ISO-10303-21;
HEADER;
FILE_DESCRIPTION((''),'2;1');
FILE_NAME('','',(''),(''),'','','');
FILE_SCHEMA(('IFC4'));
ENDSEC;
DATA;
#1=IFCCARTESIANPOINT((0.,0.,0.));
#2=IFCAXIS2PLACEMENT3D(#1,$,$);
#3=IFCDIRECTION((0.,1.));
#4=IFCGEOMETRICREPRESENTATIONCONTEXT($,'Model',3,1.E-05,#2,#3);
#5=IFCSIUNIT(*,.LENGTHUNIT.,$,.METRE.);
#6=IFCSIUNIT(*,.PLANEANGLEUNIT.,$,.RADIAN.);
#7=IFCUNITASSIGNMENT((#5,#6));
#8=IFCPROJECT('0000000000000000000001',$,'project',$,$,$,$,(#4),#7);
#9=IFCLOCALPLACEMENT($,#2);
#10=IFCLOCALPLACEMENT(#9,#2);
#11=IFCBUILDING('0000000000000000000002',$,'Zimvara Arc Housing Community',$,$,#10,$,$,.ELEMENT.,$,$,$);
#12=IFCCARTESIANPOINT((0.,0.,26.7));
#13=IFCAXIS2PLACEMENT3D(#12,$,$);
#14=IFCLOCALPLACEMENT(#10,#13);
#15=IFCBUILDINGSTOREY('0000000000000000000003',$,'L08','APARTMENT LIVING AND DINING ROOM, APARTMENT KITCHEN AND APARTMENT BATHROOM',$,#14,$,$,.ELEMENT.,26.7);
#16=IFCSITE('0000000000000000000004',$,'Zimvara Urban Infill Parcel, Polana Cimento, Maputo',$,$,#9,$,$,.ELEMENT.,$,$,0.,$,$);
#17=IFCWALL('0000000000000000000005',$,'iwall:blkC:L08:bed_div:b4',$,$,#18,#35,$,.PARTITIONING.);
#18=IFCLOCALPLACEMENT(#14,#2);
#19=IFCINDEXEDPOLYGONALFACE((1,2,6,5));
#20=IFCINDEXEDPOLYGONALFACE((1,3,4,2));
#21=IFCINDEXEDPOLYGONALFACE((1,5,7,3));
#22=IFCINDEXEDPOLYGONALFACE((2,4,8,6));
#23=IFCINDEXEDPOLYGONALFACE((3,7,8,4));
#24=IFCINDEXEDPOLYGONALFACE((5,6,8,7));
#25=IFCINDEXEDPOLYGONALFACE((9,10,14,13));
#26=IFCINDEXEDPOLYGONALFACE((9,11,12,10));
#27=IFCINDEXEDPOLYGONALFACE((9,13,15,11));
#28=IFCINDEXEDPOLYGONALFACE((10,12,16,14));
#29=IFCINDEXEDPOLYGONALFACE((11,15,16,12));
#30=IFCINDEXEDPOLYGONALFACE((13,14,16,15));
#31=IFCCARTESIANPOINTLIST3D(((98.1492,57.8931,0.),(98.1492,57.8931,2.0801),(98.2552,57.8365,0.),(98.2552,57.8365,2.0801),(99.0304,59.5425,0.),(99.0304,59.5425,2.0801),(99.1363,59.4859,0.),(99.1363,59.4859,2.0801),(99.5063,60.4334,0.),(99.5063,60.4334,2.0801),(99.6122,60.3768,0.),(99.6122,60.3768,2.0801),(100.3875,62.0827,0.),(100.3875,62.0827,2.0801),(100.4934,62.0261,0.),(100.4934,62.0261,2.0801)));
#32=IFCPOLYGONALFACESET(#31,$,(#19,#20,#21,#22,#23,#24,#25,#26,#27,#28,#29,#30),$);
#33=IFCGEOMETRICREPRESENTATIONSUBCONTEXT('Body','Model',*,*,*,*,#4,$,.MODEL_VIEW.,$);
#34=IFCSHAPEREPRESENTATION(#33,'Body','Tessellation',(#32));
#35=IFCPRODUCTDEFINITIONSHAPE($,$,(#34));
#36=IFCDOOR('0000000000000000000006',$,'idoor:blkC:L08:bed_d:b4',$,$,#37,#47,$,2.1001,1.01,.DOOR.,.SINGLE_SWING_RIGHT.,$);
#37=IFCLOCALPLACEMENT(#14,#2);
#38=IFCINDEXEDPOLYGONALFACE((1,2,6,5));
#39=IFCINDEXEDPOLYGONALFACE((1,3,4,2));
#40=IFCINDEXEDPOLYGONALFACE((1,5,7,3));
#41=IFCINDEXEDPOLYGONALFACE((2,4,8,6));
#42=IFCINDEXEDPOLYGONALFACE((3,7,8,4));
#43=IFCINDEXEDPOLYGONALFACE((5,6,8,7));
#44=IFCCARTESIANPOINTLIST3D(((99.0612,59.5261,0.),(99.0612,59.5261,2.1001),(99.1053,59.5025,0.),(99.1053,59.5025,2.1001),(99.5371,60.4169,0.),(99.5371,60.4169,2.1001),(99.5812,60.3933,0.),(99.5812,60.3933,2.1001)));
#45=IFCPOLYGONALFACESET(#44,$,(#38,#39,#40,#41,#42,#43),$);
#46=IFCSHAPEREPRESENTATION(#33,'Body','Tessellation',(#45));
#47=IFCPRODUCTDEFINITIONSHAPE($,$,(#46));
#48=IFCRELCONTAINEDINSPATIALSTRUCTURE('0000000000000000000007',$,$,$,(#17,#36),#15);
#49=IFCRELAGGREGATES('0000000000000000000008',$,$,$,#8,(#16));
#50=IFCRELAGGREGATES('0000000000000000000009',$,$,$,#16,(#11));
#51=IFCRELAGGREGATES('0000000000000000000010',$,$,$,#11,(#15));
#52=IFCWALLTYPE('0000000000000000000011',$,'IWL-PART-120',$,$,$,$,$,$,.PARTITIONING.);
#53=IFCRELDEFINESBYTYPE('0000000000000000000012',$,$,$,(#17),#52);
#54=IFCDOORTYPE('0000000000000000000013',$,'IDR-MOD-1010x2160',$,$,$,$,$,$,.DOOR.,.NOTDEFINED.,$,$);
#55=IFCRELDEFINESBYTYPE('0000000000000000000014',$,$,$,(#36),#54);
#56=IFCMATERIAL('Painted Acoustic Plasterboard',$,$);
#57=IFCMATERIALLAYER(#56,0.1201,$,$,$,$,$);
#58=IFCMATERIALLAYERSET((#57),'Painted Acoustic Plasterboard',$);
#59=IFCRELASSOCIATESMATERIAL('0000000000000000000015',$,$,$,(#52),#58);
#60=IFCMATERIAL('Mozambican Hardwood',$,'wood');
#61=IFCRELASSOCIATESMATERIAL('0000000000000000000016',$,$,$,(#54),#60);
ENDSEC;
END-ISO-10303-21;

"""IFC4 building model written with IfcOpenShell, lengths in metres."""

from ifc_helpers import new_model, si_unit, direction, frame, frame_2d, origin, place, context, subcontext, project, spatial, rectangle, extrude, material, layer, layer_set, type_object, element, fill, save


model = new_model("IFC4")

# Units and contexts
model_context = context("Model", 3, precision=1e-05, world=origin(), true_north=direction((0.0, 1.0)))
body_context = subcontext(model_context, "Body", "Model", "MODEL_VIEW")
ifc_project = project(units=[si_unit("LENGTHUNIT", "METRE"), si_unit("PLANEANGLEUNIT", "RADIAN")], contexts=[model_context])

# Site, building, storey
site_placement = place(None, origin())
site = spatial("IfcSite", under=ifc_project, at=site_placement, Name="Zimvara Urban Infill Parcel, Polana Cimento, Maputo", CompositionType="ELEMENT", RefElevation=0.0)
building_placement = place(site_placement, origin())
building = spatial("IfcBuilding", under=site, at=building_placement, Name="Zimvara Arc Housing Community", CompositionType="ELEMENT")
storey_placement = place(building_placement, frame((0.0, 0.0, 26.7)))
storey = spatial("IfcBuildingStorey", under=building, at=storey_placement, Name="L08", Description="APARTMENT LIVING AND DINING ROOM, APARTMENT KITCHEN AND APARTMENT BATHROOM", CompositionType="ELEMENT", Elevation=26.7)

# Wall, opening, door
ifc_material_1 = material(Name="Painted Acoustic Plasterboard")
ifc_layer_1 = layer(ifc_material_1, 0.1201)
ifc_layer_set_1 = layer_set([ifc_layer_1], Name="Painted Acoustic Plasterboard")
wall_type_1 = type_object("IfcWallType", Name="IWL-PART-120", PredefinedType="PARTITIONING", material=ifc_layer_set_1)
wall_1_placement = place(storey_placement, frame((100.4404, 62.0544, 0.0), z_axis=(0.0, 0.0, 1.0), x_axis=(-0.471207, -0.882023, 0.0)))
wall_1 = element("IfcWall", 1, at=wall_1_placement, inside=storey, type_object=wall_type_1, Name="iwall:blkC:L08:bed_div:b4", PredefinedType="PARTITIONING", context=body_context, shape_type="SweptSolid", body=[
    extrude(rectangle(XDim=4.75, YDim=0.1201, at=frame_2d((2.375, 0.0))), origin(), (0.0, 0.0, 1.0), 2.0801),
])
opening_1_placement = place(wall_1_placement, frame((1.8701, 0.0, 0.0)))
opening_1 = element("IfcOpeningElement", 2, at=opening_1_placement, cuts=wall_1, PredefinedType="OPENING", context=body_context, shape_type="SweptSolid", body=[
    extrude(rectangle(XDim=1.01, YDim=2.1001, at=frame_2d((0.5049, 1.05))), frame((0.0, 0.0701, 0.0), z_axis=(0.0, -1.0, 0.0), x_axis=(1.0, 0.0, 0.0)), (0.0, 0.0, 1.0), 0.1401),
])
ifc_material_2 = material(Name="Mozambican Hardwood", Category="wood")
door_type_1 = type_object("IfcDoorType", Name="IDR-MOD-1010x2160", OperationType="NOTDEFINED", PredefinedType="DOOR", material=ifc_material_2)
door_1_placement = place(opening_1_placement, origin())
door_1 = element("IfcDoor", 3, at=door_1_placement, inside=storey, type_object=door_type_1, Name="idoor:blkC:L08:bed_d:b4", OperationType="SINGLE_SWING_RIGHT", OverallHeight=2.1001, OverallWidth=1.01, PredefinedType="DOOR", context=body_context, shape_type="SweptSolid", body=[
    extrude(rectangle(XDim=1.01, YDim=2.1001, at=frame_2d((0.5049, 1.05))), frame((0.0, 0.0249, 0.0), z_axis=(0.0, -1.0, 0.0), x_axis=(1.0, 0.0, 0.0)), (0.0, 0.0, 1.0), 0.05),
])
fill(opening_1, door_1)

save(model, "model.ifc")
